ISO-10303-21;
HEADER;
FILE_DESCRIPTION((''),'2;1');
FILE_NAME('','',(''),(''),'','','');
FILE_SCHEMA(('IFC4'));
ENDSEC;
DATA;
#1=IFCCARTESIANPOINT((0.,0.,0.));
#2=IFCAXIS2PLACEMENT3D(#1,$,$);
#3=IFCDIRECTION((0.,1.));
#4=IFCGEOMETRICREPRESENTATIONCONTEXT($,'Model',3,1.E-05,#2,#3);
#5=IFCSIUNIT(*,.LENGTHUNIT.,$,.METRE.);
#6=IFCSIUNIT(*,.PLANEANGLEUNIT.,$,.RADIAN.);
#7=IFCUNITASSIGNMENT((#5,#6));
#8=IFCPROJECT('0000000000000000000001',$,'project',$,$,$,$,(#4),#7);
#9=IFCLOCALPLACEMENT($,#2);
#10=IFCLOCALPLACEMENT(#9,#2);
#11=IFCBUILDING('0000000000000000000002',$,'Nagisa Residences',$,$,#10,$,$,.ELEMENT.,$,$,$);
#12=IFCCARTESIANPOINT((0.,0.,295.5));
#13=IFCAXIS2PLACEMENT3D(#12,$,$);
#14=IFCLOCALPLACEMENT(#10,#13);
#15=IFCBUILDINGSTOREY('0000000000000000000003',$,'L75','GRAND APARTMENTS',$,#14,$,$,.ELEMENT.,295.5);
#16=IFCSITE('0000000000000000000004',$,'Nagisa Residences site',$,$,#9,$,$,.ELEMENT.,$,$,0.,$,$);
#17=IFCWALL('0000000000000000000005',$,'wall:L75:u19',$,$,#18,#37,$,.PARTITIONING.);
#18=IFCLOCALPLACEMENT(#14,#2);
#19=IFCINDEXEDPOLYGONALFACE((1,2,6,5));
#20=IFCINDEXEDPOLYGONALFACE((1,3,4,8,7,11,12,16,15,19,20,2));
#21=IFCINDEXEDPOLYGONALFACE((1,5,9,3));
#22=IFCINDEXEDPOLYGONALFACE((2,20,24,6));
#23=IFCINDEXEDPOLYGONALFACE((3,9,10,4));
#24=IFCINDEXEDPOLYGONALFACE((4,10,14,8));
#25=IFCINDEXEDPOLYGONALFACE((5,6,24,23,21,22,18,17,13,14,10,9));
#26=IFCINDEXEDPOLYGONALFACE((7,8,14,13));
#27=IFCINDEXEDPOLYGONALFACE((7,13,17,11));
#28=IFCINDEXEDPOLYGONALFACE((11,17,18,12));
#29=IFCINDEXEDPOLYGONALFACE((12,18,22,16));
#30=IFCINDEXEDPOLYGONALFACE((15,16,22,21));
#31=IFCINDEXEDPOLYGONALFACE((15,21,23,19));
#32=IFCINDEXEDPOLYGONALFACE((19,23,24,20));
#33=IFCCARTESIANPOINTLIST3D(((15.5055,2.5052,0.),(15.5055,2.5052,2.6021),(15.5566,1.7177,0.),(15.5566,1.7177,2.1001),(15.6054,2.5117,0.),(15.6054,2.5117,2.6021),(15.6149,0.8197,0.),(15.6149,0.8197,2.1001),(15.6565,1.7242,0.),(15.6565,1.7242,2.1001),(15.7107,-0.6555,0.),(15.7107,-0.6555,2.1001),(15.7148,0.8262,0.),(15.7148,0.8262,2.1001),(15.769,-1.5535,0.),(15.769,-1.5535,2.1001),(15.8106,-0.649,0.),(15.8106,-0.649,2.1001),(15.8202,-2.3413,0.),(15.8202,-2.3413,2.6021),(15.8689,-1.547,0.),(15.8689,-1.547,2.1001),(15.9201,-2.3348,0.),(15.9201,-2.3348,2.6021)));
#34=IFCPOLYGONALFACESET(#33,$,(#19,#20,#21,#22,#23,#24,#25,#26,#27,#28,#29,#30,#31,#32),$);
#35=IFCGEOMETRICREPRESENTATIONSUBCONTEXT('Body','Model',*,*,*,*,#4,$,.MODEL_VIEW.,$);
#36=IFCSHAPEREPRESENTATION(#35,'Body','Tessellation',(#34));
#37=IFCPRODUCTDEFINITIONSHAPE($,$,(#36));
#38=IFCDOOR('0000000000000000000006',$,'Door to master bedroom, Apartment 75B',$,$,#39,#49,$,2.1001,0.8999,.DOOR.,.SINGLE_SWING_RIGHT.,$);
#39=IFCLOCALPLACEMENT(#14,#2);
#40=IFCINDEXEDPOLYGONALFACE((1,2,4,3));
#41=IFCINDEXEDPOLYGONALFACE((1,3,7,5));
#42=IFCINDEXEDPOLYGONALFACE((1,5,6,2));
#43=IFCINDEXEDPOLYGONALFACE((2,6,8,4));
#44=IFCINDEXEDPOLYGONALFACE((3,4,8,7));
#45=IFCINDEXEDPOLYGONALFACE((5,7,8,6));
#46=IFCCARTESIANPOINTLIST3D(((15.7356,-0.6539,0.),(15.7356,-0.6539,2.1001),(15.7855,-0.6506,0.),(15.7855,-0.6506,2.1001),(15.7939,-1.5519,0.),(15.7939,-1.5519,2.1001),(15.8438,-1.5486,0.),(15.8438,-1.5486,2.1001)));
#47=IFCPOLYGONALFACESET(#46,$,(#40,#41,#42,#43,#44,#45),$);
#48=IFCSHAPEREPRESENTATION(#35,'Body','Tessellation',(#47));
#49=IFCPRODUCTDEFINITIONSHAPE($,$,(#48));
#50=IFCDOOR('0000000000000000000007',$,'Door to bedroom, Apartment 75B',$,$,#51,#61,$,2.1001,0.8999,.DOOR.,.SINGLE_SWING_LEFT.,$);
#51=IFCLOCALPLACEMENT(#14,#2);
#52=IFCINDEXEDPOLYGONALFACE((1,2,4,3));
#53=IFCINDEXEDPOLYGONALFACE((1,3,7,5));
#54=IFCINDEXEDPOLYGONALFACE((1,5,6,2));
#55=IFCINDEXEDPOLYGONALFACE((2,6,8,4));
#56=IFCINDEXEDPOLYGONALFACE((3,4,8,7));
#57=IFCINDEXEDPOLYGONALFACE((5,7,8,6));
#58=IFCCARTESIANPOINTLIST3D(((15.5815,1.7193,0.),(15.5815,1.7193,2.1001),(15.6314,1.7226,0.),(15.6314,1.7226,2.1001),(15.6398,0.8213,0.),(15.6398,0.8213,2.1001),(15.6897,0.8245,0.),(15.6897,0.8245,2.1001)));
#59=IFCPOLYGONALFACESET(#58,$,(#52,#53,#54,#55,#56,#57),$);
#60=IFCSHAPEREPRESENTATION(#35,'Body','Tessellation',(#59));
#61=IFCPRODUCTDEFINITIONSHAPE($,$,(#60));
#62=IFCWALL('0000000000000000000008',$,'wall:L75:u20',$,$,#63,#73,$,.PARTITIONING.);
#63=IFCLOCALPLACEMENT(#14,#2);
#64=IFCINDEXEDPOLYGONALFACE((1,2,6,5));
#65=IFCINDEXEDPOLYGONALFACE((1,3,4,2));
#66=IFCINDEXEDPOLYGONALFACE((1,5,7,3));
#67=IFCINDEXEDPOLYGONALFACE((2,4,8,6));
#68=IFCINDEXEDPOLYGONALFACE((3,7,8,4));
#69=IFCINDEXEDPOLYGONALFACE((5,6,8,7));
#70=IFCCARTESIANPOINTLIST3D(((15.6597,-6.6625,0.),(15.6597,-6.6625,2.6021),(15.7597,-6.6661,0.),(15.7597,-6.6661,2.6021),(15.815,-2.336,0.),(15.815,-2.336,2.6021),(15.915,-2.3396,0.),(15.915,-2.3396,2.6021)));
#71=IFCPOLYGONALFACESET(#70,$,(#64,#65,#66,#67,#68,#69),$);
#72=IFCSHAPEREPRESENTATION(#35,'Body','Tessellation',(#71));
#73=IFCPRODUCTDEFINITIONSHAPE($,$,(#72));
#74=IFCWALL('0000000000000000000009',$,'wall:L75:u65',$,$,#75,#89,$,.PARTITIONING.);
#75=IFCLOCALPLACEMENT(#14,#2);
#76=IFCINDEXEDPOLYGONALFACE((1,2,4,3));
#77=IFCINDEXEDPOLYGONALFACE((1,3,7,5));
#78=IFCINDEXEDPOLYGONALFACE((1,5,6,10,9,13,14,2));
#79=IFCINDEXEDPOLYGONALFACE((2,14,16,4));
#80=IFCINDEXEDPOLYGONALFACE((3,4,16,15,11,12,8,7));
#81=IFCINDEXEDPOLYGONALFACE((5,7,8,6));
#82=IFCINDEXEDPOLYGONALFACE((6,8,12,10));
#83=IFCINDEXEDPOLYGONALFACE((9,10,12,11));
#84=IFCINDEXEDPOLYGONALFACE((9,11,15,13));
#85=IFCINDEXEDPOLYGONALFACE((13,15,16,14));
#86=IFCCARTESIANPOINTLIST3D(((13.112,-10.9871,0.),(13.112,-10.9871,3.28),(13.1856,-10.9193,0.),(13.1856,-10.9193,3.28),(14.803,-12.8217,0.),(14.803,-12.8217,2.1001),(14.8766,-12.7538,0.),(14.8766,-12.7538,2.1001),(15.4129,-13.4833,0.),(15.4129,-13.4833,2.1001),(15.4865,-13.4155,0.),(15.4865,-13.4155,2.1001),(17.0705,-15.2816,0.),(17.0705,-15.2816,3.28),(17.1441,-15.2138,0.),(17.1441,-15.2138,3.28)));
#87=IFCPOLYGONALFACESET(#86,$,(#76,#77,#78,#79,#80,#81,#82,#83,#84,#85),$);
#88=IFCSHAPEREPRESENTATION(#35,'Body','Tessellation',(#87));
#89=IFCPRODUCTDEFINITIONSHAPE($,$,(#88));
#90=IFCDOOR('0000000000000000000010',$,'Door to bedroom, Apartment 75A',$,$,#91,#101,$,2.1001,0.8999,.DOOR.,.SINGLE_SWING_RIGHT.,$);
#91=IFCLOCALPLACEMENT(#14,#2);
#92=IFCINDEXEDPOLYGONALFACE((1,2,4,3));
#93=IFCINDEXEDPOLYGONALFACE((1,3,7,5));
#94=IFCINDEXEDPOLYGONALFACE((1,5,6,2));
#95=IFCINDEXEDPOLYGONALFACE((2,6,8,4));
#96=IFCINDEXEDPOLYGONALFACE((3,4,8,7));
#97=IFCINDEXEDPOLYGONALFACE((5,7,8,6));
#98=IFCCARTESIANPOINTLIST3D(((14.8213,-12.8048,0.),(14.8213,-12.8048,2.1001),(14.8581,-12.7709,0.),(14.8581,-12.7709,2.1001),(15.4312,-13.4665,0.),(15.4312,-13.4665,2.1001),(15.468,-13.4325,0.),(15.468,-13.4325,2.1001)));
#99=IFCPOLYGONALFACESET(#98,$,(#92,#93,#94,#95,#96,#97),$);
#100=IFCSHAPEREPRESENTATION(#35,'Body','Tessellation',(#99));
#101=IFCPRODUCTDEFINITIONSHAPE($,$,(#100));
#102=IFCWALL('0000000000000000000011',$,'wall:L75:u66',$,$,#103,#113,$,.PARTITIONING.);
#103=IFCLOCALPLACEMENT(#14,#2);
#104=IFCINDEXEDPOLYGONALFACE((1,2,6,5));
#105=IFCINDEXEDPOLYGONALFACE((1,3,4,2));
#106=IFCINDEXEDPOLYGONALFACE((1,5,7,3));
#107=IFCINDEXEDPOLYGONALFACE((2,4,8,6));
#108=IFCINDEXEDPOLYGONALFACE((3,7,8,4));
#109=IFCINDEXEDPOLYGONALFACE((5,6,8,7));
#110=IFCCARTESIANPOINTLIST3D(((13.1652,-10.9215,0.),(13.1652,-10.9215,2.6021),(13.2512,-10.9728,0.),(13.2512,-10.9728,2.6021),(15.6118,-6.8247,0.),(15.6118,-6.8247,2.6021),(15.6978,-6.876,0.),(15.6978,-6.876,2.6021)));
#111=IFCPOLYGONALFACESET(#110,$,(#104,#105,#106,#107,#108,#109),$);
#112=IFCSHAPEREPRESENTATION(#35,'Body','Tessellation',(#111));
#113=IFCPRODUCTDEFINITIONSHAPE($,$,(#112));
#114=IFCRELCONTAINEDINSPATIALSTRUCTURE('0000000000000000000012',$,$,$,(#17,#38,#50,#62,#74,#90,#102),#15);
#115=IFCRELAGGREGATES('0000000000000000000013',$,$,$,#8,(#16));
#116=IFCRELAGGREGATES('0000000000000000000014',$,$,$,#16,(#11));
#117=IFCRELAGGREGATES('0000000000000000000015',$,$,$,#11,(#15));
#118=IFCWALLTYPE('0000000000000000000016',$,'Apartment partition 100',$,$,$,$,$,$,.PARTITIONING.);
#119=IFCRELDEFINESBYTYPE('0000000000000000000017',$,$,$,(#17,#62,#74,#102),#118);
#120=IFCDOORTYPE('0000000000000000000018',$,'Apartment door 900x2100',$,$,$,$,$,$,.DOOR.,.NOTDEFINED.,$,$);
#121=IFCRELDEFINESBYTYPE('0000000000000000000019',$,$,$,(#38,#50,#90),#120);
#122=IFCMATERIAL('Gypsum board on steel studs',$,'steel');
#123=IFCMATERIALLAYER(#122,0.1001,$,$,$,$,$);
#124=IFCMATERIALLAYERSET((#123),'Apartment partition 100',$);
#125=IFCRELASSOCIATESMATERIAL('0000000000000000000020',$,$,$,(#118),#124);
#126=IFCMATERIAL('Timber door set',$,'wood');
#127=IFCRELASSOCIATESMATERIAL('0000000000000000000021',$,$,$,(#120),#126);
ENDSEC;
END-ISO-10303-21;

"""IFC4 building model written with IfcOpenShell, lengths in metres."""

from ifc_helpers import new_model, si_unit, direction, frame, frame_2d, origin, place, context, subcontext, project, spatial, rectangle, extrude, material, layer, layer_set, type_object, element, fill, save


model = new_model("IFC4")

# Units and contexts
model_context = context("Model", 3, precision=1e-05, world=origin(), true_north=direction((0.0, 1.0)))
body_context = subcontext(model_context, "Body", "Model", "MODEL_VIEW")
ifc_project = project(units=[si_unit("LENGTHUNIT", "METRE"), si_unit("PLANEANGLEUNIT", "RADIAN")], contexts=[model_context])

# Site, building, storey
site_placement = place(None, origin())
site = spatial("IfcSite", under=ifc_project, at=site_placement, Name="Nagisa Residences site", CompositionType="ELEMENT", RefElevation=0.0)
building_placement = place(site_placement, origin())
building = spatial("IfcBuilding", under=site, at=building_placement, Name="Nagisa Residences", CompositionType="ELEMENT")
storey_placement = place(building_placement, frame((0.0, 0.0, 295.5)))
storey = spatial("IfcBuildingStorey", under=building, at=storey_placement, Name="L75", Description="GRAND APARTMENTS", CompositionType="ELEMENT", Elevation=295.5)

# Shared definitions
ifc_material_1 = material(Name="Gypsum board on steel studs", Category="steel")
ifc_layer_1 = layer(ifc_material_1, 0.1001)
ifc_layer_set_1 = layer_set([ifc_layer_1], Name="Apartment partition 100")
wall_type_1 = type_object("IfcWallType", Name="Apartment partition 100", PredefinedType="PARTITIONING", material=ifc_layer_set_1)
ifc_material_2 = material(Name="Timber door set", Category="wood")
door_type_1 = type_object("IfcDoorType", Name="Apartment door 900x2100", OperationType="NOTDEFINED", PredefinedType="DOOR", material=ifc_material_2)

# Wall, openings, doors
wall_1_placement = place(storey_placement, frame((15.8701, -2.3379, 0.0), z_axis=(0.0, 0.0, 1.0), x_axis=(-0.064797, 0.997898, 0.0)))
wall_1 = element("IfcWall", 1, at=wall_1_placement, inside=storey, type_object=wall_type_1, Name="wall:L75:u19", PredefinedType="PARTITIONING", context=body_context, shape_type="SweptSolid", body=[
    extrude(rectangle(XDim=4.8567, YDim=0.1001, at=frame_2d((2.4282, 0.0))), origin(), (0.0, 0.0, 1.0), 2.6021),
])
opening_1_placement = place(wall_1_placement, frame((0.7893, 0.0, 0.0)))
opening_1 = element("IfcOpeningElement", 2, at=opening_1_placement, cuts=wall_1, PredefinedType="OPENING", context=body_context, shape_type="SweptSolid", body=[
    extrude(rectangle(XDim=0.8999, YDim=2.1001, at=frame_2d((0.45, 1.05))), frame((0.0, 0.0601, 0.0), z_axis=(0.0, -1.0, 0.0), x_axis=(1.0, 0.0, 0.0)), (0.0, 0.0, 1.0), 0.1201),
])
opening_2_placement = place(wall_1_placement, frame((3.1675, 0.0, 0.0)))
opening_2 = element("IfcOpeningElement", 3, at=opening_2_placement, cuts=wall_1, PredefinedType="OPENING", context=body_context, shape_type="SweptSolid", body=[
    extrude(rectangle(XDim=0.8999, YDim=2.1001, at=frame_2d((0.45, 1.05))), frame((0.0, 0.0601, 0.0), z_axis=(0.0, -1.0, 0.0), x_axis=(1.0, 0.0, 0.0)), (0.0, 0.0, 1.0), 0.1201),
])
door_1_placement = place(opening_1_placement, frame((0.8999, 0.0, 0.0), x_axis=(-1.0, 0.0, 0.0)))
door_1 = element("IfcDoor", 4, at=door_1_placement, inside=storey, type_object=door_type_1, Name="Door to master bedroom, Apartment 75B", OperationType="SINGLE_SWING_RIGHT", OverallHeight=2.1001, OverallWidth=0.8999, PredefinedType="DOOR", context=body_context, shape_type="SweptSolid", body=[
    extrude(rectangle(XDim=0.8999, YDim=2.1001, at=frame_2d((0.45, 1.05))), frame((0.0, 0.0249, 0.0), z_axis=(0.0, -1.0, 0.0), x_axis=(1.0, 0.0, 0.0)), (0.0, 0.0, 1.0), 0.05),
])
fill(opening_1, door_1)
door_2_placement = place(opening_2_placement, frame((0.8999, 0.0, 0.0), x_axis=(-1.0, 0.0, 0.0)))
door_2 = element("IfcDoor", 5, at=door_2_placement, inside=storey, type_object=door_type_1, Name="Door to bedroom, Apartment 75B", OperationType="SINGLE_SWING_LEFT", OverallHeight=2.1001, OverallWidth=0.8999, PredefinedType="DOOR", context=body_context, shape_type="SweptSolid", body=[
    extrude(rectangle(XDim=0.8999, YDim=2.1001, at=frame_2d((0.45, 1.05))), frame((0.0, 0.0249, 0.0), z_axis=(0.0, -1.0, 0.0), x_axis=(1.0, 0.0, 0.0)), (0.0, 0.0, 1.0), 0.05),
])
fill(opening_2, door_2)

# Wall
wall_2_placement = place(storey_placement, frame((15.865, -2.3379, 0.0), z_axis=(0.0, 0.0, 1.0), x_axis=(-0.035865, -0.999357, 0.0)))
element("IfcWall", 6, at=wall_2_placement, inside=storey, type_object=wall_type_1, Name="wall:L75:u20", PredefinedType="PARTITIONING", context=body_context, shape_type="SweptSolid", body=[
    extrude(rectangle(XDim=4.3293, YDim=0.1001, at=frame_2d((2.1646, 0.0))), origin(), (0.0, 0.0, 1.0), 2.6021),
])

# Wall, opening, door
wall_3_placement = place(storey_placement, frame((13.1487, -10.9531, 0.0), z_axis=(0.0, 0.0, 1.0), x_axis=(0.677763, -0.735281, 0.0)))
wall_3 = element("IfcWall", 7, at=wall_3_placement, inside=storey, type_object=wall_type_1, Name="wall:L75:u65", PredefinedType="PARTITIONING", context=body_context, shape_type="SweptSolid", body=[
    extrude(rectangle(XDim=5.8406, YDim=0.1001, at=frame_2d((2.9204, 0.0))), origin(), (0.0, 0.0, 1.0), 3.28),
])
opening_3_placement = place(wall_3_placement, frame((2.4951, 0.0, 0.0)))
opening_3 = element("IfcOpeningElement", 8, at=opening_3_placement, cuts=wall_3, PredefinedType="OPENING", context=body_context, shape_type="SweptSolid", body=[
    extrude(rectangle(XDim=0.8999, YDim=2.1001, at=frame_2d((0.45, 1.05))), frame((0.0, 0.0601, 0.0), z_axis=(0.0, -1.0, 0.0), x_axis=(1.0, 0.0, 0.0)), (0.0, 0.0, 1.0), 0.1201),
])
door_3_placement = place(opening_3_placement, origin())
door_3 = element("IfcDoor", 9, at=door_3_placement, inside=storey, type_object=door_type_1, Name="Door to bedroom, Apartment 75A", OperationType="SINGLE_SWING_RIGHT", OverallHeight=2.1001, OverallWidth=0.8999, PredefinedType="DOOR", context=body_context, shape_type="SweptSolid", body=[
    extrude(rectangle(XDim=0.8999, YDim=2.1001, at=frame_2d((0.45, 1.05))), frame((0.0, 0.0249, 0.0), z_axis=(0.0, -1.0, 0.0), x_axis=(1.0, 0.0, 0.0)), (0.0, 0.0, 1.0), 0.05),
])
fill(opening_3, door_3)

# Wall
wall_4_placement = place(storey_placement, frame((13.2083, -10.947, 0.0), z_axis=(0.0, 0.0, 1.0), x_axis=(0.512726, 0.858552, 0.0)))
element("IfcWall", 10, at=wall_4_placement, inside=storey, type_object=wall_type_1, Name="wall:L75:u66", PredefinedType="PARTITIONING", context=body_context, shape_type="SweptSolid", body=[
    extrude(rectangle(XDim=4.7717, YDim=0.1001, at=frame_2d((2.3857, 0.0))), origin(), (0.0, 0.0, 1.0), 2.6021),
])

save(model, "model.ifc")
